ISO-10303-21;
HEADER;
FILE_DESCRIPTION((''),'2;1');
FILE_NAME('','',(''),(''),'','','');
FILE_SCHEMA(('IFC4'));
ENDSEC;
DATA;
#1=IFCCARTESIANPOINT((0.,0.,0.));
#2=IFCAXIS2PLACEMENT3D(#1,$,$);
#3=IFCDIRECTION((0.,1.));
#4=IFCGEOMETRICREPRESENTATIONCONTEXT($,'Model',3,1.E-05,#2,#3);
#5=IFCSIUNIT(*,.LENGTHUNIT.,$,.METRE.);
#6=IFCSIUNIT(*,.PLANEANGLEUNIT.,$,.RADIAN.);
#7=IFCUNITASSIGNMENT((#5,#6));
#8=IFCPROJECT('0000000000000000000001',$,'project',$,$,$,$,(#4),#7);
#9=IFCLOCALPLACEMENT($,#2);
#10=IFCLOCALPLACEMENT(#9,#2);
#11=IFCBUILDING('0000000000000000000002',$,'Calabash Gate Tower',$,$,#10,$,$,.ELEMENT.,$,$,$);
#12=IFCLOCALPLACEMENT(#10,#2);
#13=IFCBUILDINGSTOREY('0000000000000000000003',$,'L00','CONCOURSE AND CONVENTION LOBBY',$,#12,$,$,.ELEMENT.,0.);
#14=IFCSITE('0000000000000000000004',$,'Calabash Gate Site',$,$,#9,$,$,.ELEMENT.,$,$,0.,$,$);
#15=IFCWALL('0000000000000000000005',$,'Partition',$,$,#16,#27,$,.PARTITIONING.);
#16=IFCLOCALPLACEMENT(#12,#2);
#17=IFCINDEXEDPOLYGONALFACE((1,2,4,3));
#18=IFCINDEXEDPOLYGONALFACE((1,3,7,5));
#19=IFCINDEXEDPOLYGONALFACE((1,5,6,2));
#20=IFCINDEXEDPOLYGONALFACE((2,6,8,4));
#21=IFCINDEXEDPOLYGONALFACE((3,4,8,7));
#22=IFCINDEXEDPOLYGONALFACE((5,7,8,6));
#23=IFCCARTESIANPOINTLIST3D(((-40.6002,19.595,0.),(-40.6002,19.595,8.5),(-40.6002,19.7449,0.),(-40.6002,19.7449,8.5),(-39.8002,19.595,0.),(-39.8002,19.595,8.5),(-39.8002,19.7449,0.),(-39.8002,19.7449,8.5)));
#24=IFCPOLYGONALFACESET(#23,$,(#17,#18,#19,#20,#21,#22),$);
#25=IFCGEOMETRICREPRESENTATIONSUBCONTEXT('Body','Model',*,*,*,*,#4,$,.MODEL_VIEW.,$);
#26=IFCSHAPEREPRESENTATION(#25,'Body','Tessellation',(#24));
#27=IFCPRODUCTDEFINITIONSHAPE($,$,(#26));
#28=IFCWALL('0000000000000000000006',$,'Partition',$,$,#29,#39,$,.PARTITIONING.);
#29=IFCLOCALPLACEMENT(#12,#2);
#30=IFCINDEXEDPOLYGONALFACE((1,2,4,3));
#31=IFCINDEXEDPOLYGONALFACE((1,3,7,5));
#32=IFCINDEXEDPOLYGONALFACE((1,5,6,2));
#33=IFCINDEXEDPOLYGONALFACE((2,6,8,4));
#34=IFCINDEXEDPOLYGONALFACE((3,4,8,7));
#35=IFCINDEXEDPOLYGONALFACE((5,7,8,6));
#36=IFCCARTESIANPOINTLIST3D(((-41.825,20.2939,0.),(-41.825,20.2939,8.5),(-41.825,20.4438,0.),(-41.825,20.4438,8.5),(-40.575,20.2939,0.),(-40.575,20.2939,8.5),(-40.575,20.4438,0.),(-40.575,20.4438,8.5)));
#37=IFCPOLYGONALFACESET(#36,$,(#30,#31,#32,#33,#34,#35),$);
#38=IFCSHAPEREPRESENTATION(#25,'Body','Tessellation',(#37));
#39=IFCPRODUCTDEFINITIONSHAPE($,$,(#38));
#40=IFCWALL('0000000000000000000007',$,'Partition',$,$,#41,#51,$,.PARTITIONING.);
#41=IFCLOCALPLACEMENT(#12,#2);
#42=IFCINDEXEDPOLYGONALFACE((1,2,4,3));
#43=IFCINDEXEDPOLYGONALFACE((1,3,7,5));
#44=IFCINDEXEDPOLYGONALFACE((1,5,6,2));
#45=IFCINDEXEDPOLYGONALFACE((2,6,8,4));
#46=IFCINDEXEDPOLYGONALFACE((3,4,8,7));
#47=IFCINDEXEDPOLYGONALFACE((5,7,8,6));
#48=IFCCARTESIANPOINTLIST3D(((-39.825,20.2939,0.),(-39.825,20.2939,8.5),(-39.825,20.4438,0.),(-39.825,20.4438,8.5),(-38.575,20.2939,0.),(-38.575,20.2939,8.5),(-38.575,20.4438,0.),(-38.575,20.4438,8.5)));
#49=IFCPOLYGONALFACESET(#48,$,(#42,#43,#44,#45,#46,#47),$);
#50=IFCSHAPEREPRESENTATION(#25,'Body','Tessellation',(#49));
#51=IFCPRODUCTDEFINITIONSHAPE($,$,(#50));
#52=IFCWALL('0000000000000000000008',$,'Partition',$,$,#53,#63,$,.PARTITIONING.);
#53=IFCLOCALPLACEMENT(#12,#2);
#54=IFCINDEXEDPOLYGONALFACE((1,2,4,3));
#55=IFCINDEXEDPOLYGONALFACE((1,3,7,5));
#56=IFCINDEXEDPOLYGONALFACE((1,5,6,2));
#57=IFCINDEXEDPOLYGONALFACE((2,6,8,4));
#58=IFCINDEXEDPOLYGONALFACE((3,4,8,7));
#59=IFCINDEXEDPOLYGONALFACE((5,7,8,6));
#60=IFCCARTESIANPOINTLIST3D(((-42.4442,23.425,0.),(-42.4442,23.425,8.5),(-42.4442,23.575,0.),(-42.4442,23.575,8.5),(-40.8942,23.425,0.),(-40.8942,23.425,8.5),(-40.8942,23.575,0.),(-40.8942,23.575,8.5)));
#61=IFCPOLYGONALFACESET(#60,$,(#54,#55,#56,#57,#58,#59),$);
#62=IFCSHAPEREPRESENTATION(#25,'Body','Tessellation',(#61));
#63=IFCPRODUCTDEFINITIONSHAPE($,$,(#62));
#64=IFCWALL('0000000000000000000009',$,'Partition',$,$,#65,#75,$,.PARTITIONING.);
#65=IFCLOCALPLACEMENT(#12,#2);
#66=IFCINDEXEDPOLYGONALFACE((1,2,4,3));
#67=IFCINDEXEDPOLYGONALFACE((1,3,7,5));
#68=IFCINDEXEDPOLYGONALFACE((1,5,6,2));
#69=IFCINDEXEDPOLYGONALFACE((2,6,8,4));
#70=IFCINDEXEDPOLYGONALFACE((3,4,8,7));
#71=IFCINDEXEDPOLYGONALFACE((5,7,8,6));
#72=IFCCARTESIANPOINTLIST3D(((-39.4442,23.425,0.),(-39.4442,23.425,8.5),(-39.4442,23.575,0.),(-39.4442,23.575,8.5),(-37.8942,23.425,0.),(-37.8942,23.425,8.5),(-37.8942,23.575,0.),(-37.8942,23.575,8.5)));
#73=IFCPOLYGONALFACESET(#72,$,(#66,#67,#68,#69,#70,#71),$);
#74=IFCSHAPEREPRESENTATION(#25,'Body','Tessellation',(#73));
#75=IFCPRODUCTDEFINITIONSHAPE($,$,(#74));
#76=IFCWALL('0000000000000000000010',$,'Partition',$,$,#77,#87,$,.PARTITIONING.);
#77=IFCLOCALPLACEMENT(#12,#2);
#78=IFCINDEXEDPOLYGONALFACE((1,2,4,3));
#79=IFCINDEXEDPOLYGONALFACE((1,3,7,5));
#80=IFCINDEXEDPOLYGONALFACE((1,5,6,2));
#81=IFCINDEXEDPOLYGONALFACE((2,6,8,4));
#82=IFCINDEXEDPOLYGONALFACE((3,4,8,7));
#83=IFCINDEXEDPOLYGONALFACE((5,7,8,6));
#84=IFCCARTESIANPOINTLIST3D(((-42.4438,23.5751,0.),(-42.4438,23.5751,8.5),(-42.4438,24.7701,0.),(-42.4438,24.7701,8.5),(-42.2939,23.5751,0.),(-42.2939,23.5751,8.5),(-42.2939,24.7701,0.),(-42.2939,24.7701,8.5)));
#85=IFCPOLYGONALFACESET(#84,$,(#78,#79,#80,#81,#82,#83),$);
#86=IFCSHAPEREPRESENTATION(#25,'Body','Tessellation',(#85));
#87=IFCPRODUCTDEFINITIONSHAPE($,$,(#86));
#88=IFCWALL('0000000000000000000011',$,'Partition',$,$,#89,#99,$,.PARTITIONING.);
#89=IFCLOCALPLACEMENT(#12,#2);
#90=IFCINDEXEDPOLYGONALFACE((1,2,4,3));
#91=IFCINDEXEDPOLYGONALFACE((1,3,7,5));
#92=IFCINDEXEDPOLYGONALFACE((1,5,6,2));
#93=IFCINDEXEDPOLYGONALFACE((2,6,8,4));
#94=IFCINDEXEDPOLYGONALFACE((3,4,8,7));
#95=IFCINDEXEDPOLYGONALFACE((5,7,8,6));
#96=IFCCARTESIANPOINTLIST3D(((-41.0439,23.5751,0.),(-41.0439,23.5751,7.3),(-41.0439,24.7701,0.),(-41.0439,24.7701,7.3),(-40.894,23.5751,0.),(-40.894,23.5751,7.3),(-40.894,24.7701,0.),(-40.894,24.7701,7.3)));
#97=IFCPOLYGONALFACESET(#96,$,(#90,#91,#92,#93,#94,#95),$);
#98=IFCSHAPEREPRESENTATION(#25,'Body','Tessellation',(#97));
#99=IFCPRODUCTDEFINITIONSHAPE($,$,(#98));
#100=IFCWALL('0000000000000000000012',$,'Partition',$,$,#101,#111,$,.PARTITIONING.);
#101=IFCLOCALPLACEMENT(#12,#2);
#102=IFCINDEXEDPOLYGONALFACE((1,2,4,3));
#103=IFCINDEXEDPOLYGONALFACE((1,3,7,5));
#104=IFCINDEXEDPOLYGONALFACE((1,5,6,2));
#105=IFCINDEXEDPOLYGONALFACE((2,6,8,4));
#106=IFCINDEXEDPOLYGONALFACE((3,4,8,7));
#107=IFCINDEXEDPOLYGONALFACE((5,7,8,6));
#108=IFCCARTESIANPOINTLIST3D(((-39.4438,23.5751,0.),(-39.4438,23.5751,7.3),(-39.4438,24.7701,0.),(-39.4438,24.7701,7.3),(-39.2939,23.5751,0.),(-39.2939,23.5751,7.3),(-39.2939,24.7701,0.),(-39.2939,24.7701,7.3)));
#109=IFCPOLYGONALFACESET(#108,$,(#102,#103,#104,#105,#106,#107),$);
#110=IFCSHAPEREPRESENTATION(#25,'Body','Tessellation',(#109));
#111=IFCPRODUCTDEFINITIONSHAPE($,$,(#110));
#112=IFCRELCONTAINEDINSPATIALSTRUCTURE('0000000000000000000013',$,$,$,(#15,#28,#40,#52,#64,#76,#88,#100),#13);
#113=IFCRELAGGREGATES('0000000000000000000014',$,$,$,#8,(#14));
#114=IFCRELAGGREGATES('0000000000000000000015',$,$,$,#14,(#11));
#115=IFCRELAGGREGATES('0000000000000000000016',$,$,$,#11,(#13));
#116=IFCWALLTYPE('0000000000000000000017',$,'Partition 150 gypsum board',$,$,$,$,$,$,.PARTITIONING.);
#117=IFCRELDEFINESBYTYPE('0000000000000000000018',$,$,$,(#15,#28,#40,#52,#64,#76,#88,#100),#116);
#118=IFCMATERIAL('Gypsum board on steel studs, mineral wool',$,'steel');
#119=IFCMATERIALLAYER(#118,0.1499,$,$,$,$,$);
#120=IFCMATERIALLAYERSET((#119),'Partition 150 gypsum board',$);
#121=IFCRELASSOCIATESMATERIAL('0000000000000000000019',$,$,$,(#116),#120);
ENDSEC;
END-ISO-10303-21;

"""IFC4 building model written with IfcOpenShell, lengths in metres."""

from ifc_helpers import new_model, si_unit, direction, frame, frame_2d, origin, place, context, subcontext, project, spatial, rectangle, extrude, material, layer, layer_set, type_object, element, save


model = new_model("IFC4")

# Units and contexts
model_context = context("Model", 3, precision=1e-05, world=origin(), true_north=direction((0.0, 1.0)))
body_context = subcontext(model_context, "Body", "Model", "MODEL_VIEW")
ifc_project = project(units=[si_unit("LENGTHUNIT", "METRE"), si_unit("PLANEANGLEUNIT", "RADIAN")], contexts=[model_context])

# Site, building, storey
site_placement = place(None, origin())
site = spatial("IfcSite", under=ifc_project, at=site_placement, Name="Calabash Gate Site", CompositionType="ELEMENT", RefElevation=0.0)
building_placement = place(site_placement, origin())
building = spatial("IfcBuilding", under=site, at=building_placement, Name="Calabash Gate Tower", CompositionType="ELEMENT")
storey_placement = place(building_placement, origin())
storey = spatial("IfcBuildingStorey", under=building, at=storey_placement, Name="L00", Description="CONCOURSE AND CONVENTION LOBBY", CompositionType="ELEMENT", Elevation=0.0)

# Walls
ifc_material_1 = material(Name="Gypsum board on steel studs, mineral wool", Category="steel")
ifc_layer = layer(ifc_material_1, 0.1499)
ifc_layer_set = layer_set([ifc_layer], Name="Partition 150 gypsum board")
wall_type = type_object("IfcWallType", Name="Partition 150 gypsum board", PredefinedType="PARTITIONING", material=ifc_layer_set)
for number, where, z_axis, x_axis, name in (
    (1, (-40.6001, 19.6699, 0.0), (0.0, 0.0, 1.0), (1.0, 0.0, 0.0), "Partition"),
):
    element("IfcWall", number, at=place(storey_placement, frame(where, z_axis=z_axis, x_axis=x_axis)), inside=storey, type_object=wall_type, Name=name, PredefinedType="PARTITIONING", context=body_context, shape_type="SweptSolid", body=[
        extrude(rectangle(XDim=0.8, YDim=0.1499, at=frame_2d((0.3999, 0.0))), origin(), (0.0, 0.0, 1.0), 8.5),
    ])
for number, where, z_axis, x_axis, name in (
    (2, (-41.825, 20.3689, 0.0), (0.0, 0.0, 1.0), (1.0, 0.0, 0.0), "Partition"),
    (3, (-39.825, 20.3689, 0.0), (0.0, 0.0, 1.0), (1.0, 0.0, 0.0), "Partition"),
):
    element("IfcWall", number, at=place(storey_placement, frame(where, z_axis=z_axis, x_axis=x_axis)), inside=storey, type_object=wall_type, Name=name, PredefinedType="PARTITIONING", context=body_context, shape_type="SweptSolid", body=[
        extrude(rectangle(XDim=1.25, YDim=0.1499, at=frame_2d((0.625, 0.0))), origin(), (0.0, 0.0, 1.0), 8.5),
    ])
for number, where, z_axis, x_axis, name in (
    (4, (-42.4441, 23.5, 0.0), (0.0, 0.0, 1.0), (1.0, 0.0, 0.0), "Partition"),
    (5, (-39.4441, 23.5, 0.0), (0.0, 0.0, 1.0), (1.0, 0.0, 0.0), "Partition"),
):
    element("IfcWall", number, at=place(storey_placement, frame(where, z_axis=z_axis, x_axis=x_axis)), inside=storey, type_object=wall_type, Name=name, PredefinedType="PARTITIONING", context=body_context, shape_type="SweptSolid", body=[
        extrude(rectangle(XDim=1.55, YDim=0.1499, at=frame_2d((0.7749, 0.0))), origin(), (0.0, 0.0, 1.0), 8.5),
    ])
wall_1_placement = place(storey_placement, frame((-42.3689, 23.575, 0.0), z_axis=(0.0, 0.0, 1.0), x_axis=(0.0, 1.0, 0.0)))
element("IfcWall", 6, at=wall_1_placement, inside=storey, type_object=wall_type, Name="Partition", PredefinedType="PARTITIONING", context=body_context, shape_type="SweptSolid", body=[
    extrude(rectangle(XDim=1.1951, YDim=0.1499, at=frame_2d((0.5977, 0.0))), origin(), (0.0, 0.0, 1.0), 8.5),
])
for number, where, z_axis, x_axis, name in (
    (7, (-40.969, 23.575, 0.0), (0.0, 0.0, 1.0), (0.0, 1.0, 0.0), "Partition"),
    (8, (-39.3689, 23.575, 0.0), (0.0, 0.0, 1.0), (0.0, 1.0, 0.0), "Partition"),
):
    element("IfcWall", number, at=place(storey_placement, frame(where, z_axis=z_axis, x_axis=x_axis)), inside=storey, type_object=wall_type, Name=name, PredefinedType="PARTITIONING", context=body_context, shape_type="SweptSolid", body=[
        extrude(rectangle(XDim=1.1951, YDim=0.1499, at=frame_2d((0.5977, 0.0))), origin(), (0.0, 0.0, 1.0), 7.3),
    ])

save(model, "model.ifc")
